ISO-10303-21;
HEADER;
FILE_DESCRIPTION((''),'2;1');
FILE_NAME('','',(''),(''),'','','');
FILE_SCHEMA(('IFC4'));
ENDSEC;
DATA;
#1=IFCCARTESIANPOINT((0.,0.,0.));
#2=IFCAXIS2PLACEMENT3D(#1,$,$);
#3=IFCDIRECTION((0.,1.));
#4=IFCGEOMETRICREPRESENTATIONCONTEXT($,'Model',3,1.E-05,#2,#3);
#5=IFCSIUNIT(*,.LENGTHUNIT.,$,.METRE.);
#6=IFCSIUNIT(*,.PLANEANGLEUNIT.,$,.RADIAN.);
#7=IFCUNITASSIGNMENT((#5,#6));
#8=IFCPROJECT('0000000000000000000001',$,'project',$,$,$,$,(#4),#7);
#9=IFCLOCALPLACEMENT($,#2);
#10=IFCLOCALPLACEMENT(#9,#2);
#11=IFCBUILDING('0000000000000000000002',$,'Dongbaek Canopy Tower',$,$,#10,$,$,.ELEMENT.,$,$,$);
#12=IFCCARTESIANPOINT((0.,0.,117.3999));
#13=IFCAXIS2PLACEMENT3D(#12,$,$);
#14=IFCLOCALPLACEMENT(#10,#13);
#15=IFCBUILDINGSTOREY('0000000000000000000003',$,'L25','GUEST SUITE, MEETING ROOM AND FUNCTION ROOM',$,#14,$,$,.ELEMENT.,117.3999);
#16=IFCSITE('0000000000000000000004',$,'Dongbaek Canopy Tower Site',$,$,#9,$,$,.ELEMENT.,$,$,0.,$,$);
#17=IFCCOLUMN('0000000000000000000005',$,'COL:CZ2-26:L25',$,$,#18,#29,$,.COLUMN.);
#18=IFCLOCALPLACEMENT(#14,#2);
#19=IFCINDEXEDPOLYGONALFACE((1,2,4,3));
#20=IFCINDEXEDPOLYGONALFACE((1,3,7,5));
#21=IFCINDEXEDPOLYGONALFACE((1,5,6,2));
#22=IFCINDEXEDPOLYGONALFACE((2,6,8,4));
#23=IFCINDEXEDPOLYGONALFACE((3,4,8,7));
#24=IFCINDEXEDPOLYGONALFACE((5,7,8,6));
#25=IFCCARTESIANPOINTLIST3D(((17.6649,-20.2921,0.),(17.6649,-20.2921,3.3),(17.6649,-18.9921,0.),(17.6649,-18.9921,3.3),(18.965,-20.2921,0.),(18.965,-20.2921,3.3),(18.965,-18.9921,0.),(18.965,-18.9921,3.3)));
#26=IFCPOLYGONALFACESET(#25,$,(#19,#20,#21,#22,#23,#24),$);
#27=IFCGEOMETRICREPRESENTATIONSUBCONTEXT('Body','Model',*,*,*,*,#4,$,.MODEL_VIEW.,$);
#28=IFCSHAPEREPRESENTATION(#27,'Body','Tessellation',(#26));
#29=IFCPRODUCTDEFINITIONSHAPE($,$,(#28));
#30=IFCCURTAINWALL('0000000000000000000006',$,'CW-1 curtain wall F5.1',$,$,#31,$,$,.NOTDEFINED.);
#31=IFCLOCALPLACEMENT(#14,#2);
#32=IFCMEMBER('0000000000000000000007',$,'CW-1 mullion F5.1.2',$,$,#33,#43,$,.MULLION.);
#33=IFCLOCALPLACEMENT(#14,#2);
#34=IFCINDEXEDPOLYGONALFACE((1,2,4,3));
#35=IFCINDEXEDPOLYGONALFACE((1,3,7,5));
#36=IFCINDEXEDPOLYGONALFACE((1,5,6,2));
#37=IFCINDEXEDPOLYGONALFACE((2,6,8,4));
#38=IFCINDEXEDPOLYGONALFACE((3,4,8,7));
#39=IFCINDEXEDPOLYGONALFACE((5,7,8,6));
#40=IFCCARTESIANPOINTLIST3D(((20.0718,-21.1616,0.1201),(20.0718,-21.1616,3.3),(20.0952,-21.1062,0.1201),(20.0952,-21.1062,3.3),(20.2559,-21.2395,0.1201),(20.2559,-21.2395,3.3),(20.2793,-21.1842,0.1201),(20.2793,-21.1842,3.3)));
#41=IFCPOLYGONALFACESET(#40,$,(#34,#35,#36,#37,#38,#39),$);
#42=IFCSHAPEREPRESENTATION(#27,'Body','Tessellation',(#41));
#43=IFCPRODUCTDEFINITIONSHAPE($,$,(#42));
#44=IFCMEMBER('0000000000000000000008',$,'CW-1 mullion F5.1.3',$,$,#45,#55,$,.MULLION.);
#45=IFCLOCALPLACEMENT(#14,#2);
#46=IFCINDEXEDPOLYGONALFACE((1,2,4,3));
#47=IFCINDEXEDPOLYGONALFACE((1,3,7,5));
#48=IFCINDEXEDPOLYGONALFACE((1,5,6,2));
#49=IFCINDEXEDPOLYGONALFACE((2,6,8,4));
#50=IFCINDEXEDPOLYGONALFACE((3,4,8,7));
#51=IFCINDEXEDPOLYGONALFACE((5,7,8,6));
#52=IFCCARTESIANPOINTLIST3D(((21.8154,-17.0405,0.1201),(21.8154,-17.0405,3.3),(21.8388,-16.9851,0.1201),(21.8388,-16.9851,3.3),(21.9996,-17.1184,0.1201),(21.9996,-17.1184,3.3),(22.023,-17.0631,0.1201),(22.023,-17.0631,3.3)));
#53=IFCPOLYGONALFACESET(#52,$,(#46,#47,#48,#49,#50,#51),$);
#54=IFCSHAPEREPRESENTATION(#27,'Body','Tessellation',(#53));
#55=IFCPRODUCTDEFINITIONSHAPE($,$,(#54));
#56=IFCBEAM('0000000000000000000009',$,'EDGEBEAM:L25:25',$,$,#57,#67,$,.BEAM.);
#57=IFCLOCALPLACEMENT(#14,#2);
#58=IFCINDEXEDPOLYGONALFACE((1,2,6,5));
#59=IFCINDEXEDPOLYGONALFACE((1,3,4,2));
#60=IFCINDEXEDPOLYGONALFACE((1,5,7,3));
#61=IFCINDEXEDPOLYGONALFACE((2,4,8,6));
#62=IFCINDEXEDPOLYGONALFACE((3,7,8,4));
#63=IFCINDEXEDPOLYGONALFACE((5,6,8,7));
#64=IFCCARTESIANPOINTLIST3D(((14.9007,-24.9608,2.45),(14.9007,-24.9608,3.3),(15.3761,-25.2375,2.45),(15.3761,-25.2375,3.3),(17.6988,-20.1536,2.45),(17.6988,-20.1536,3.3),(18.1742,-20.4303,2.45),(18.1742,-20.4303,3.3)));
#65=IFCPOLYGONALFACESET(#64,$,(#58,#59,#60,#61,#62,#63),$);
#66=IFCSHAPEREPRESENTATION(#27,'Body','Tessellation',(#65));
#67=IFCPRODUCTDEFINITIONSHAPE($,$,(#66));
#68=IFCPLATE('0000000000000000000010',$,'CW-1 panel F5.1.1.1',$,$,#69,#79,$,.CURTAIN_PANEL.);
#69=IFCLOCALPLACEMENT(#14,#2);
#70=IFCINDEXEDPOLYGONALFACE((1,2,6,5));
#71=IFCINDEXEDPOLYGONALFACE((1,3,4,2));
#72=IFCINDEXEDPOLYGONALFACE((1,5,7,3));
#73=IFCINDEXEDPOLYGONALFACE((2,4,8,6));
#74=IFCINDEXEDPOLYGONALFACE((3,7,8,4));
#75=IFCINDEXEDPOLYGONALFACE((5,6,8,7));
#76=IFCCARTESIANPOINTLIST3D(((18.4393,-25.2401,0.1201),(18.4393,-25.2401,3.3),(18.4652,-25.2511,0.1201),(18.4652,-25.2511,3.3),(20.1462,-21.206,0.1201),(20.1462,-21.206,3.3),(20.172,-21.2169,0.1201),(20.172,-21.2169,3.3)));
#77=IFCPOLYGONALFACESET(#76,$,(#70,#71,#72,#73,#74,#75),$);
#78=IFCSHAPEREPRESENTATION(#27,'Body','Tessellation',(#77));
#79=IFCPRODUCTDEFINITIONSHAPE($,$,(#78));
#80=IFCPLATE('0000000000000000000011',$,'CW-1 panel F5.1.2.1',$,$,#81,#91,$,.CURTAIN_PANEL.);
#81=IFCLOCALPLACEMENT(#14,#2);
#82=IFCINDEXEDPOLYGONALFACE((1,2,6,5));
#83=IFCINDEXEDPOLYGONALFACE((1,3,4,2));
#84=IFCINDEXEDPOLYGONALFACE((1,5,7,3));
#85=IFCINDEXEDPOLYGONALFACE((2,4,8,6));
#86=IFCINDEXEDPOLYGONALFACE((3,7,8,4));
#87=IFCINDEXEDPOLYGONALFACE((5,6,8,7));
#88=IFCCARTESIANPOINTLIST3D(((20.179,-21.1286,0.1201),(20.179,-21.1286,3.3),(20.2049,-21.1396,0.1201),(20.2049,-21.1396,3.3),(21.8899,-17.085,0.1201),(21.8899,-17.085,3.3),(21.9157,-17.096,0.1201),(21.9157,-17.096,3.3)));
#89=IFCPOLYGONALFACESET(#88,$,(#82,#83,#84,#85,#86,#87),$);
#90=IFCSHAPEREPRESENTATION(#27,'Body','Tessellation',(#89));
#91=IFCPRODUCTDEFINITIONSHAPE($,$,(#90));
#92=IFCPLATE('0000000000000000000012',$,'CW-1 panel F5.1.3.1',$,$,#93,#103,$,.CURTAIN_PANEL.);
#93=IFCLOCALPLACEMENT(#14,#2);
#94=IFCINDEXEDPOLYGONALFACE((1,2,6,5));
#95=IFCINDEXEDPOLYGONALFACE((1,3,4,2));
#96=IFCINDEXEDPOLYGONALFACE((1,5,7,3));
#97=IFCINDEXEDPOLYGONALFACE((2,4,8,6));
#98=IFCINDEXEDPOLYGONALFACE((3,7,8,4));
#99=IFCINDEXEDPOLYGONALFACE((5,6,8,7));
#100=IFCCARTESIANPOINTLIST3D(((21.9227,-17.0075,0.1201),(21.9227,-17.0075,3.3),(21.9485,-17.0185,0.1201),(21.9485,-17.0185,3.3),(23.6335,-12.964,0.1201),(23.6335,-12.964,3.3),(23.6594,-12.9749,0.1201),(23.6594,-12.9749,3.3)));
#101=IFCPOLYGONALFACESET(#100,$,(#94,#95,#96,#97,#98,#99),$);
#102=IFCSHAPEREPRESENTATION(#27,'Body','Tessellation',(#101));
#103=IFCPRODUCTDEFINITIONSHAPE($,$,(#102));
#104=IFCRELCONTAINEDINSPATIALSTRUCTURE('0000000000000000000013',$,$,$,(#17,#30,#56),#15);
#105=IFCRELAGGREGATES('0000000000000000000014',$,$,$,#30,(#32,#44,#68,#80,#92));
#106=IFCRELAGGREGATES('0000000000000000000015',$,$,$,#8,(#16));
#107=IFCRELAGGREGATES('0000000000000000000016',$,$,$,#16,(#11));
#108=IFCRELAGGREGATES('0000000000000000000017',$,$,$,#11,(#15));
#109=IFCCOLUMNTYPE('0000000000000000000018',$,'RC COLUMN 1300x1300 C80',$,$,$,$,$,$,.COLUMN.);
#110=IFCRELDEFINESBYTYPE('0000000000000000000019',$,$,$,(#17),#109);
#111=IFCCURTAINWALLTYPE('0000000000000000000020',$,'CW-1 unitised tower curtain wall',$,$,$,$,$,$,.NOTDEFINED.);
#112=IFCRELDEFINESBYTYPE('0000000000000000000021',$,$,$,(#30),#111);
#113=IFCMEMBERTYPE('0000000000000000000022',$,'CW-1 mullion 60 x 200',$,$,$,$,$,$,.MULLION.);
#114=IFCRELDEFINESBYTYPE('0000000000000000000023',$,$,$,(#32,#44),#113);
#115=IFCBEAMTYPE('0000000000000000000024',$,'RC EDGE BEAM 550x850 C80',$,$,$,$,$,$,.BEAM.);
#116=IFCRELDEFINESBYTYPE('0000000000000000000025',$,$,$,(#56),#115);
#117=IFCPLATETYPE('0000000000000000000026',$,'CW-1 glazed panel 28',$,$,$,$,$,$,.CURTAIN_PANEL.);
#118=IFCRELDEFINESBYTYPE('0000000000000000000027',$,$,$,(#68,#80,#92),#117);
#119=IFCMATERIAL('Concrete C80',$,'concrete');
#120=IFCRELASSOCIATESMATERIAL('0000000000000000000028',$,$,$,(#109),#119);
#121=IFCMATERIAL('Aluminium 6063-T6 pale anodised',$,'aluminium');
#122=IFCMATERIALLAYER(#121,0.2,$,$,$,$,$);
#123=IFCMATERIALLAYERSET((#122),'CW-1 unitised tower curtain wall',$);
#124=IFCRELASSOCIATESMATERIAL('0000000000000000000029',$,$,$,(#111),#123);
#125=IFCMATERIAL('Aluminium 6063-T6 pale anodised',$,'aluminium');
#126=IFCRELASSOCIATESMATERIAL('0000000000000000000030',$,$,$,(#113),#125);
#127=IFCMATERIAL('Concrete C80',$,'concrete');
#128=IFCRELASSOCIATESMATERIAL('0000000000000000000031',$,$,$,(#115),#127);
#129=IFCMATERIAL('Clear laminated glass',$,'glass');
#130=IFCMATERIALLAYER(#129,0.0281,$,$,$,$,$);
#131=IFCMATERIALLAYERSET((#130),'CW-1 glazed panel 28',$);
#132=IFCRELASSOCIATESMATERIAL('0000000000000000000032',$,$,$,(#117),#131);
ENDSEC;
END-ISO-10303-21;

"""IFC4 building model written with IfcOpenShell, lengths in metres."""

from ifc_helpers import new_model, si_unit, direction, frame, origin, origin_2d, place, context, subcontext, project, spatial, rectangle, extrude, material, layer, layer_set, material_profile, profile_set, type_object, element, aggregate, save


model = new_model("IFC4")

# Units and contexts
model_context = context("Model", 3, precision=1e-05, world=origin(), true_north=direction((0.0, 1.0)))
body_context = subcontext(model_context, "Body", "Model", "MODEL_VIEW")
ifc_project = project(units=[si_unit("LENGTHUNIT", "METRE"), si_unit("PLANEANGLEUNIT", "RADIAN")], contexts=[model_context])

# Site, building, storey
site_placement = place(None, origin())
site = spatial("IfcSite", under=ifc_project, at=site_placement, Name="Dongbaek Canopy Tower Site", CompositionType="ELEMENT", RefElevation=0.0)
building_placement = place(site_placement, origin())
building = spatial("IfcBuilding", under=site, at=building_placement, Name="Dongbaek Canopy Tower", CompositionType="ELEMENT")
storey_placement = place(building_placement, frame((0.0, 0.0, 117.3999)))
storey = spatial("IfcBuildingStorey", under=building, at=storey_placement, Name="L25", Description="GUEST SUITE, MEETING ROOM AND FUNCTION ROOM", CompositionType="ELEMENT", Elevation=117.3999)

# Column
ifc_material_1 = material(Name="Concrete C80", Category="concrete")
ifc_material_profile_1 = material_profile(ifc_material_1, rectangle(XDim=1.3, YDim=1.3, at=origin_2d()), Name="RC COLUMN 1300x1300 C80")
ifc_profile_set_1 = profile_set([ifc_material_profile_1], Name="Concrete C80")
column_type = type_object("IfcColumnType", Name="RC COLUMN 1300x1300 C80", PredefinedType="COLUMN", material=ifc_profile_set_1)
column_placement = place(storey_placement, frame((18.3149, -19.6421, 0.0), z_axis=(0.0, 0.0, 1.0), x_axis=(1.0, 0.0, 0.0)))
element("IfcColumn", 1, at=column_placement, inside=storey, type_object=column_type, Name="COL:CZ2-26:L25", PredefinedType="COLUMN", context=body_context, shape_type="SweptSolid", body=[
    extrude(rectangle(XDim=1.3, YDim=1.3, at=origin_2d()), origin(), (0.0, 0.0, 1.0), 3.3),
])

# Curtain wall, members
ifc_material_2 = material(Name="Aluminium 6063-T6 pale anodised", Category="aluminium")
ifc_layer_1 = layer(ifc_material_2, 0.2)
ifc_layer_set_1 = layer_set([ifc_layer_1], Name="CW-1 unitised tower curtain wall")
curtain_wall_type = type_object("IfcCurtainWallType", Name="CW-1 unitised tower curtain wall", PredefinedType="NOTDEFINED", material=ifc_layer_set_1)
curtain_wall_placement = place(storey_placement, origin())
curtain_wall = element("IfcCurtainWall", 2, at=curtain_wall_placement, inside=storey, type_object=curtain_wall_type, Name="CW-1 curtain wall F5.1", PredefinedType="NOTDEFINED")
ifc_material_3 = material(Name="Aluminium 6063-T6 pale anodised", Category="aluminium")
ifc_material_profile_2 = material_profile(ifc_material_3, rectangle(XDim=0.2, YDim=0.0601, at=origin_2d()), Name="CW-1 mullion 60 x 200")
ifc_profile_set_2 = profile_set([ifc_material_profile_2], Name="Aluminium 6063-T6 pale anodised")
member_type = type_object("IfcMemberType", Name="CW-1 mullion 60 x 200", PredefinedType="MULLION", material=ifc_profile_set_2)
member_1_placement = place(storey_placement, frame((20.1755, -21.1729, 0.1201), z_axis=(0.0, 0.0, 1.0), x_axis=(0.920958, -0.389663, 0.0)))
member_1 = element("IfcMember", 3, at=member_1_placement, type_object=member_type, Name="CW-1 mullion F5.1.2", PredefinedType="MULLION", context=body_context, shape_type="SweptSolid", body=[
    extrude(rectangle(XDim=0.2, YDim=0.0601, at=origin_2d()), origin(), (0.0, 0.0, 1.0), 3.1799),
])
member_2_placement = place(storey_placement, frame((21.9192, -17.0518, 0.1201), z_axis=(0.0, 0.0, 1.0), x_axis=(0.920958, -0.389663, 0.0)))
member_2 = element("IfcMember", 4, at=member_2_placement, type_object=member_type, Name="CW-1 mullion F5.1.3", PredefinedType="MULLION", context=body_context, shape_type="SweptSolid", body=[
    extrude(rectangle(XDim=0.2, YDim=0.0601, at=origin_2d()), origin(), (0.0, 0.0, 1.0), 3.1799),
])

# Beam
ifc_material_4 = material(Name="Concrete C80", Category="concrete")
ifc_material_profile_3 = material_profile(ifc_material_4, rectangle(XDim=0.55, YDim=0.8501, at=origin_2d()), Name="RC EDGE BEAM 550x850 C80")
ifc_profile_set_3 = profile_set([ifc_material_profile_3], Name="Concrete C80")
beam_type = type_object("IfcBeamType", Name="RC EDGE BEAM 550x850 C80", PredefinedType="BEAM", material=ifc_profile_set_3)
beam_placement = place(storey_placement, frame((17.9365, -20.292, 2.875), z_axis=(-0.503058, -0.864253, 0.0), x_axis=(0.864253, -0.503058, 0.0)))
element("IfcBeam", 5, at=beam_placement, inside=storey, type_object=beam_type, Name="EDGEBEAM:L25:25", PredefinedType="BEAM", context=body_context, shape_type="SweptSolid", body=[
    extrude(rectangle(XDim=0.55, YDim=0.8501, at=origin_2d()), origin(), (0.0, 0.0, 1.0), 5.5623),
])

# Plates
ifc_material_5 = material(Name="Clear laminated glass", Category="glass")
ifc_layer_2 = layer(ifc_material_5, 0.0281)
ifc_layer_set_2 = layer_set([ifc_layer_2], Name="CW-1 glazed panel 28")
plate_type = type_object("IfcPlateType", Name="CW-1 glazed panel 28", PredefinedType="CURTAIN_PANEL", material=ifc_layer_set_2)
plate_1_placement = place(storey_placement, frame((19.3057, -23.2285, 0.1201), z_axis=(0.0, 0.0, 1.0), x_axis=(0.389663, 0.920958, 0.0)))
plate_1 = element("IfcPlate", 6, at=plate_1_placement, type_object=plate_type, Name="CW-1 panel F5.1.1.1", PredefinedType="CURTAIN_PANEL", context=body_context, shape_type="SweptSolid", body=[
    extrude(rectangle(XDim=4.3804, YDim=0.0281, at=origin_2d()), origin(), (0.0, 0.0, 1.0), 3.1799),
])
plate_2_placement = place(storey_placement, frame((21.0474, -19.1123, 0.1201), z_axis=(0.0, 0.0, 1.0), x_axis=(0.389663, 0.920958, 0.0)))
plate_2 = element("IfcPlate", 7, at=plate_2_placement, type_object=plate_type, Name="CW-1 panel F5.1.2.1", PredefinedType="CURTAIN_PANEL", context=body_context, shape_type="SweptSolid", body=[
    extrude(rectangle(XDim=4.3906, YDim=0.0281, at=origin_2d()), origin(), (0.0, 0.0, 1.0), 3.1799),
])
plate_3_placement = place(storey_placement, frame((22.791, -14.9912, 0.1201), z_axis=(0.0, 0.0, 1.0), x_axis=(0.389663, 0.920958, 0.0)))
plate_3 = element("IfcPlate", 8, at=plate_3_placement, type_object=plate_type, Name="CW-1 panel F5.1.3.1", PredefinedType="CURTAIN_PANEL", context=body_context, shape_type="SweptSolid", body=[
    extrude(rectangle(XDim=4.3906, YDim=0.0281, at=origin_2d()), origin(), (0.0, 0.0, 1.0), 3.1799),
])

aggregate(curtain_wall, [member_1, member_2, plate_1, plate_2, plate_3])

save(model, "model.ifc")
